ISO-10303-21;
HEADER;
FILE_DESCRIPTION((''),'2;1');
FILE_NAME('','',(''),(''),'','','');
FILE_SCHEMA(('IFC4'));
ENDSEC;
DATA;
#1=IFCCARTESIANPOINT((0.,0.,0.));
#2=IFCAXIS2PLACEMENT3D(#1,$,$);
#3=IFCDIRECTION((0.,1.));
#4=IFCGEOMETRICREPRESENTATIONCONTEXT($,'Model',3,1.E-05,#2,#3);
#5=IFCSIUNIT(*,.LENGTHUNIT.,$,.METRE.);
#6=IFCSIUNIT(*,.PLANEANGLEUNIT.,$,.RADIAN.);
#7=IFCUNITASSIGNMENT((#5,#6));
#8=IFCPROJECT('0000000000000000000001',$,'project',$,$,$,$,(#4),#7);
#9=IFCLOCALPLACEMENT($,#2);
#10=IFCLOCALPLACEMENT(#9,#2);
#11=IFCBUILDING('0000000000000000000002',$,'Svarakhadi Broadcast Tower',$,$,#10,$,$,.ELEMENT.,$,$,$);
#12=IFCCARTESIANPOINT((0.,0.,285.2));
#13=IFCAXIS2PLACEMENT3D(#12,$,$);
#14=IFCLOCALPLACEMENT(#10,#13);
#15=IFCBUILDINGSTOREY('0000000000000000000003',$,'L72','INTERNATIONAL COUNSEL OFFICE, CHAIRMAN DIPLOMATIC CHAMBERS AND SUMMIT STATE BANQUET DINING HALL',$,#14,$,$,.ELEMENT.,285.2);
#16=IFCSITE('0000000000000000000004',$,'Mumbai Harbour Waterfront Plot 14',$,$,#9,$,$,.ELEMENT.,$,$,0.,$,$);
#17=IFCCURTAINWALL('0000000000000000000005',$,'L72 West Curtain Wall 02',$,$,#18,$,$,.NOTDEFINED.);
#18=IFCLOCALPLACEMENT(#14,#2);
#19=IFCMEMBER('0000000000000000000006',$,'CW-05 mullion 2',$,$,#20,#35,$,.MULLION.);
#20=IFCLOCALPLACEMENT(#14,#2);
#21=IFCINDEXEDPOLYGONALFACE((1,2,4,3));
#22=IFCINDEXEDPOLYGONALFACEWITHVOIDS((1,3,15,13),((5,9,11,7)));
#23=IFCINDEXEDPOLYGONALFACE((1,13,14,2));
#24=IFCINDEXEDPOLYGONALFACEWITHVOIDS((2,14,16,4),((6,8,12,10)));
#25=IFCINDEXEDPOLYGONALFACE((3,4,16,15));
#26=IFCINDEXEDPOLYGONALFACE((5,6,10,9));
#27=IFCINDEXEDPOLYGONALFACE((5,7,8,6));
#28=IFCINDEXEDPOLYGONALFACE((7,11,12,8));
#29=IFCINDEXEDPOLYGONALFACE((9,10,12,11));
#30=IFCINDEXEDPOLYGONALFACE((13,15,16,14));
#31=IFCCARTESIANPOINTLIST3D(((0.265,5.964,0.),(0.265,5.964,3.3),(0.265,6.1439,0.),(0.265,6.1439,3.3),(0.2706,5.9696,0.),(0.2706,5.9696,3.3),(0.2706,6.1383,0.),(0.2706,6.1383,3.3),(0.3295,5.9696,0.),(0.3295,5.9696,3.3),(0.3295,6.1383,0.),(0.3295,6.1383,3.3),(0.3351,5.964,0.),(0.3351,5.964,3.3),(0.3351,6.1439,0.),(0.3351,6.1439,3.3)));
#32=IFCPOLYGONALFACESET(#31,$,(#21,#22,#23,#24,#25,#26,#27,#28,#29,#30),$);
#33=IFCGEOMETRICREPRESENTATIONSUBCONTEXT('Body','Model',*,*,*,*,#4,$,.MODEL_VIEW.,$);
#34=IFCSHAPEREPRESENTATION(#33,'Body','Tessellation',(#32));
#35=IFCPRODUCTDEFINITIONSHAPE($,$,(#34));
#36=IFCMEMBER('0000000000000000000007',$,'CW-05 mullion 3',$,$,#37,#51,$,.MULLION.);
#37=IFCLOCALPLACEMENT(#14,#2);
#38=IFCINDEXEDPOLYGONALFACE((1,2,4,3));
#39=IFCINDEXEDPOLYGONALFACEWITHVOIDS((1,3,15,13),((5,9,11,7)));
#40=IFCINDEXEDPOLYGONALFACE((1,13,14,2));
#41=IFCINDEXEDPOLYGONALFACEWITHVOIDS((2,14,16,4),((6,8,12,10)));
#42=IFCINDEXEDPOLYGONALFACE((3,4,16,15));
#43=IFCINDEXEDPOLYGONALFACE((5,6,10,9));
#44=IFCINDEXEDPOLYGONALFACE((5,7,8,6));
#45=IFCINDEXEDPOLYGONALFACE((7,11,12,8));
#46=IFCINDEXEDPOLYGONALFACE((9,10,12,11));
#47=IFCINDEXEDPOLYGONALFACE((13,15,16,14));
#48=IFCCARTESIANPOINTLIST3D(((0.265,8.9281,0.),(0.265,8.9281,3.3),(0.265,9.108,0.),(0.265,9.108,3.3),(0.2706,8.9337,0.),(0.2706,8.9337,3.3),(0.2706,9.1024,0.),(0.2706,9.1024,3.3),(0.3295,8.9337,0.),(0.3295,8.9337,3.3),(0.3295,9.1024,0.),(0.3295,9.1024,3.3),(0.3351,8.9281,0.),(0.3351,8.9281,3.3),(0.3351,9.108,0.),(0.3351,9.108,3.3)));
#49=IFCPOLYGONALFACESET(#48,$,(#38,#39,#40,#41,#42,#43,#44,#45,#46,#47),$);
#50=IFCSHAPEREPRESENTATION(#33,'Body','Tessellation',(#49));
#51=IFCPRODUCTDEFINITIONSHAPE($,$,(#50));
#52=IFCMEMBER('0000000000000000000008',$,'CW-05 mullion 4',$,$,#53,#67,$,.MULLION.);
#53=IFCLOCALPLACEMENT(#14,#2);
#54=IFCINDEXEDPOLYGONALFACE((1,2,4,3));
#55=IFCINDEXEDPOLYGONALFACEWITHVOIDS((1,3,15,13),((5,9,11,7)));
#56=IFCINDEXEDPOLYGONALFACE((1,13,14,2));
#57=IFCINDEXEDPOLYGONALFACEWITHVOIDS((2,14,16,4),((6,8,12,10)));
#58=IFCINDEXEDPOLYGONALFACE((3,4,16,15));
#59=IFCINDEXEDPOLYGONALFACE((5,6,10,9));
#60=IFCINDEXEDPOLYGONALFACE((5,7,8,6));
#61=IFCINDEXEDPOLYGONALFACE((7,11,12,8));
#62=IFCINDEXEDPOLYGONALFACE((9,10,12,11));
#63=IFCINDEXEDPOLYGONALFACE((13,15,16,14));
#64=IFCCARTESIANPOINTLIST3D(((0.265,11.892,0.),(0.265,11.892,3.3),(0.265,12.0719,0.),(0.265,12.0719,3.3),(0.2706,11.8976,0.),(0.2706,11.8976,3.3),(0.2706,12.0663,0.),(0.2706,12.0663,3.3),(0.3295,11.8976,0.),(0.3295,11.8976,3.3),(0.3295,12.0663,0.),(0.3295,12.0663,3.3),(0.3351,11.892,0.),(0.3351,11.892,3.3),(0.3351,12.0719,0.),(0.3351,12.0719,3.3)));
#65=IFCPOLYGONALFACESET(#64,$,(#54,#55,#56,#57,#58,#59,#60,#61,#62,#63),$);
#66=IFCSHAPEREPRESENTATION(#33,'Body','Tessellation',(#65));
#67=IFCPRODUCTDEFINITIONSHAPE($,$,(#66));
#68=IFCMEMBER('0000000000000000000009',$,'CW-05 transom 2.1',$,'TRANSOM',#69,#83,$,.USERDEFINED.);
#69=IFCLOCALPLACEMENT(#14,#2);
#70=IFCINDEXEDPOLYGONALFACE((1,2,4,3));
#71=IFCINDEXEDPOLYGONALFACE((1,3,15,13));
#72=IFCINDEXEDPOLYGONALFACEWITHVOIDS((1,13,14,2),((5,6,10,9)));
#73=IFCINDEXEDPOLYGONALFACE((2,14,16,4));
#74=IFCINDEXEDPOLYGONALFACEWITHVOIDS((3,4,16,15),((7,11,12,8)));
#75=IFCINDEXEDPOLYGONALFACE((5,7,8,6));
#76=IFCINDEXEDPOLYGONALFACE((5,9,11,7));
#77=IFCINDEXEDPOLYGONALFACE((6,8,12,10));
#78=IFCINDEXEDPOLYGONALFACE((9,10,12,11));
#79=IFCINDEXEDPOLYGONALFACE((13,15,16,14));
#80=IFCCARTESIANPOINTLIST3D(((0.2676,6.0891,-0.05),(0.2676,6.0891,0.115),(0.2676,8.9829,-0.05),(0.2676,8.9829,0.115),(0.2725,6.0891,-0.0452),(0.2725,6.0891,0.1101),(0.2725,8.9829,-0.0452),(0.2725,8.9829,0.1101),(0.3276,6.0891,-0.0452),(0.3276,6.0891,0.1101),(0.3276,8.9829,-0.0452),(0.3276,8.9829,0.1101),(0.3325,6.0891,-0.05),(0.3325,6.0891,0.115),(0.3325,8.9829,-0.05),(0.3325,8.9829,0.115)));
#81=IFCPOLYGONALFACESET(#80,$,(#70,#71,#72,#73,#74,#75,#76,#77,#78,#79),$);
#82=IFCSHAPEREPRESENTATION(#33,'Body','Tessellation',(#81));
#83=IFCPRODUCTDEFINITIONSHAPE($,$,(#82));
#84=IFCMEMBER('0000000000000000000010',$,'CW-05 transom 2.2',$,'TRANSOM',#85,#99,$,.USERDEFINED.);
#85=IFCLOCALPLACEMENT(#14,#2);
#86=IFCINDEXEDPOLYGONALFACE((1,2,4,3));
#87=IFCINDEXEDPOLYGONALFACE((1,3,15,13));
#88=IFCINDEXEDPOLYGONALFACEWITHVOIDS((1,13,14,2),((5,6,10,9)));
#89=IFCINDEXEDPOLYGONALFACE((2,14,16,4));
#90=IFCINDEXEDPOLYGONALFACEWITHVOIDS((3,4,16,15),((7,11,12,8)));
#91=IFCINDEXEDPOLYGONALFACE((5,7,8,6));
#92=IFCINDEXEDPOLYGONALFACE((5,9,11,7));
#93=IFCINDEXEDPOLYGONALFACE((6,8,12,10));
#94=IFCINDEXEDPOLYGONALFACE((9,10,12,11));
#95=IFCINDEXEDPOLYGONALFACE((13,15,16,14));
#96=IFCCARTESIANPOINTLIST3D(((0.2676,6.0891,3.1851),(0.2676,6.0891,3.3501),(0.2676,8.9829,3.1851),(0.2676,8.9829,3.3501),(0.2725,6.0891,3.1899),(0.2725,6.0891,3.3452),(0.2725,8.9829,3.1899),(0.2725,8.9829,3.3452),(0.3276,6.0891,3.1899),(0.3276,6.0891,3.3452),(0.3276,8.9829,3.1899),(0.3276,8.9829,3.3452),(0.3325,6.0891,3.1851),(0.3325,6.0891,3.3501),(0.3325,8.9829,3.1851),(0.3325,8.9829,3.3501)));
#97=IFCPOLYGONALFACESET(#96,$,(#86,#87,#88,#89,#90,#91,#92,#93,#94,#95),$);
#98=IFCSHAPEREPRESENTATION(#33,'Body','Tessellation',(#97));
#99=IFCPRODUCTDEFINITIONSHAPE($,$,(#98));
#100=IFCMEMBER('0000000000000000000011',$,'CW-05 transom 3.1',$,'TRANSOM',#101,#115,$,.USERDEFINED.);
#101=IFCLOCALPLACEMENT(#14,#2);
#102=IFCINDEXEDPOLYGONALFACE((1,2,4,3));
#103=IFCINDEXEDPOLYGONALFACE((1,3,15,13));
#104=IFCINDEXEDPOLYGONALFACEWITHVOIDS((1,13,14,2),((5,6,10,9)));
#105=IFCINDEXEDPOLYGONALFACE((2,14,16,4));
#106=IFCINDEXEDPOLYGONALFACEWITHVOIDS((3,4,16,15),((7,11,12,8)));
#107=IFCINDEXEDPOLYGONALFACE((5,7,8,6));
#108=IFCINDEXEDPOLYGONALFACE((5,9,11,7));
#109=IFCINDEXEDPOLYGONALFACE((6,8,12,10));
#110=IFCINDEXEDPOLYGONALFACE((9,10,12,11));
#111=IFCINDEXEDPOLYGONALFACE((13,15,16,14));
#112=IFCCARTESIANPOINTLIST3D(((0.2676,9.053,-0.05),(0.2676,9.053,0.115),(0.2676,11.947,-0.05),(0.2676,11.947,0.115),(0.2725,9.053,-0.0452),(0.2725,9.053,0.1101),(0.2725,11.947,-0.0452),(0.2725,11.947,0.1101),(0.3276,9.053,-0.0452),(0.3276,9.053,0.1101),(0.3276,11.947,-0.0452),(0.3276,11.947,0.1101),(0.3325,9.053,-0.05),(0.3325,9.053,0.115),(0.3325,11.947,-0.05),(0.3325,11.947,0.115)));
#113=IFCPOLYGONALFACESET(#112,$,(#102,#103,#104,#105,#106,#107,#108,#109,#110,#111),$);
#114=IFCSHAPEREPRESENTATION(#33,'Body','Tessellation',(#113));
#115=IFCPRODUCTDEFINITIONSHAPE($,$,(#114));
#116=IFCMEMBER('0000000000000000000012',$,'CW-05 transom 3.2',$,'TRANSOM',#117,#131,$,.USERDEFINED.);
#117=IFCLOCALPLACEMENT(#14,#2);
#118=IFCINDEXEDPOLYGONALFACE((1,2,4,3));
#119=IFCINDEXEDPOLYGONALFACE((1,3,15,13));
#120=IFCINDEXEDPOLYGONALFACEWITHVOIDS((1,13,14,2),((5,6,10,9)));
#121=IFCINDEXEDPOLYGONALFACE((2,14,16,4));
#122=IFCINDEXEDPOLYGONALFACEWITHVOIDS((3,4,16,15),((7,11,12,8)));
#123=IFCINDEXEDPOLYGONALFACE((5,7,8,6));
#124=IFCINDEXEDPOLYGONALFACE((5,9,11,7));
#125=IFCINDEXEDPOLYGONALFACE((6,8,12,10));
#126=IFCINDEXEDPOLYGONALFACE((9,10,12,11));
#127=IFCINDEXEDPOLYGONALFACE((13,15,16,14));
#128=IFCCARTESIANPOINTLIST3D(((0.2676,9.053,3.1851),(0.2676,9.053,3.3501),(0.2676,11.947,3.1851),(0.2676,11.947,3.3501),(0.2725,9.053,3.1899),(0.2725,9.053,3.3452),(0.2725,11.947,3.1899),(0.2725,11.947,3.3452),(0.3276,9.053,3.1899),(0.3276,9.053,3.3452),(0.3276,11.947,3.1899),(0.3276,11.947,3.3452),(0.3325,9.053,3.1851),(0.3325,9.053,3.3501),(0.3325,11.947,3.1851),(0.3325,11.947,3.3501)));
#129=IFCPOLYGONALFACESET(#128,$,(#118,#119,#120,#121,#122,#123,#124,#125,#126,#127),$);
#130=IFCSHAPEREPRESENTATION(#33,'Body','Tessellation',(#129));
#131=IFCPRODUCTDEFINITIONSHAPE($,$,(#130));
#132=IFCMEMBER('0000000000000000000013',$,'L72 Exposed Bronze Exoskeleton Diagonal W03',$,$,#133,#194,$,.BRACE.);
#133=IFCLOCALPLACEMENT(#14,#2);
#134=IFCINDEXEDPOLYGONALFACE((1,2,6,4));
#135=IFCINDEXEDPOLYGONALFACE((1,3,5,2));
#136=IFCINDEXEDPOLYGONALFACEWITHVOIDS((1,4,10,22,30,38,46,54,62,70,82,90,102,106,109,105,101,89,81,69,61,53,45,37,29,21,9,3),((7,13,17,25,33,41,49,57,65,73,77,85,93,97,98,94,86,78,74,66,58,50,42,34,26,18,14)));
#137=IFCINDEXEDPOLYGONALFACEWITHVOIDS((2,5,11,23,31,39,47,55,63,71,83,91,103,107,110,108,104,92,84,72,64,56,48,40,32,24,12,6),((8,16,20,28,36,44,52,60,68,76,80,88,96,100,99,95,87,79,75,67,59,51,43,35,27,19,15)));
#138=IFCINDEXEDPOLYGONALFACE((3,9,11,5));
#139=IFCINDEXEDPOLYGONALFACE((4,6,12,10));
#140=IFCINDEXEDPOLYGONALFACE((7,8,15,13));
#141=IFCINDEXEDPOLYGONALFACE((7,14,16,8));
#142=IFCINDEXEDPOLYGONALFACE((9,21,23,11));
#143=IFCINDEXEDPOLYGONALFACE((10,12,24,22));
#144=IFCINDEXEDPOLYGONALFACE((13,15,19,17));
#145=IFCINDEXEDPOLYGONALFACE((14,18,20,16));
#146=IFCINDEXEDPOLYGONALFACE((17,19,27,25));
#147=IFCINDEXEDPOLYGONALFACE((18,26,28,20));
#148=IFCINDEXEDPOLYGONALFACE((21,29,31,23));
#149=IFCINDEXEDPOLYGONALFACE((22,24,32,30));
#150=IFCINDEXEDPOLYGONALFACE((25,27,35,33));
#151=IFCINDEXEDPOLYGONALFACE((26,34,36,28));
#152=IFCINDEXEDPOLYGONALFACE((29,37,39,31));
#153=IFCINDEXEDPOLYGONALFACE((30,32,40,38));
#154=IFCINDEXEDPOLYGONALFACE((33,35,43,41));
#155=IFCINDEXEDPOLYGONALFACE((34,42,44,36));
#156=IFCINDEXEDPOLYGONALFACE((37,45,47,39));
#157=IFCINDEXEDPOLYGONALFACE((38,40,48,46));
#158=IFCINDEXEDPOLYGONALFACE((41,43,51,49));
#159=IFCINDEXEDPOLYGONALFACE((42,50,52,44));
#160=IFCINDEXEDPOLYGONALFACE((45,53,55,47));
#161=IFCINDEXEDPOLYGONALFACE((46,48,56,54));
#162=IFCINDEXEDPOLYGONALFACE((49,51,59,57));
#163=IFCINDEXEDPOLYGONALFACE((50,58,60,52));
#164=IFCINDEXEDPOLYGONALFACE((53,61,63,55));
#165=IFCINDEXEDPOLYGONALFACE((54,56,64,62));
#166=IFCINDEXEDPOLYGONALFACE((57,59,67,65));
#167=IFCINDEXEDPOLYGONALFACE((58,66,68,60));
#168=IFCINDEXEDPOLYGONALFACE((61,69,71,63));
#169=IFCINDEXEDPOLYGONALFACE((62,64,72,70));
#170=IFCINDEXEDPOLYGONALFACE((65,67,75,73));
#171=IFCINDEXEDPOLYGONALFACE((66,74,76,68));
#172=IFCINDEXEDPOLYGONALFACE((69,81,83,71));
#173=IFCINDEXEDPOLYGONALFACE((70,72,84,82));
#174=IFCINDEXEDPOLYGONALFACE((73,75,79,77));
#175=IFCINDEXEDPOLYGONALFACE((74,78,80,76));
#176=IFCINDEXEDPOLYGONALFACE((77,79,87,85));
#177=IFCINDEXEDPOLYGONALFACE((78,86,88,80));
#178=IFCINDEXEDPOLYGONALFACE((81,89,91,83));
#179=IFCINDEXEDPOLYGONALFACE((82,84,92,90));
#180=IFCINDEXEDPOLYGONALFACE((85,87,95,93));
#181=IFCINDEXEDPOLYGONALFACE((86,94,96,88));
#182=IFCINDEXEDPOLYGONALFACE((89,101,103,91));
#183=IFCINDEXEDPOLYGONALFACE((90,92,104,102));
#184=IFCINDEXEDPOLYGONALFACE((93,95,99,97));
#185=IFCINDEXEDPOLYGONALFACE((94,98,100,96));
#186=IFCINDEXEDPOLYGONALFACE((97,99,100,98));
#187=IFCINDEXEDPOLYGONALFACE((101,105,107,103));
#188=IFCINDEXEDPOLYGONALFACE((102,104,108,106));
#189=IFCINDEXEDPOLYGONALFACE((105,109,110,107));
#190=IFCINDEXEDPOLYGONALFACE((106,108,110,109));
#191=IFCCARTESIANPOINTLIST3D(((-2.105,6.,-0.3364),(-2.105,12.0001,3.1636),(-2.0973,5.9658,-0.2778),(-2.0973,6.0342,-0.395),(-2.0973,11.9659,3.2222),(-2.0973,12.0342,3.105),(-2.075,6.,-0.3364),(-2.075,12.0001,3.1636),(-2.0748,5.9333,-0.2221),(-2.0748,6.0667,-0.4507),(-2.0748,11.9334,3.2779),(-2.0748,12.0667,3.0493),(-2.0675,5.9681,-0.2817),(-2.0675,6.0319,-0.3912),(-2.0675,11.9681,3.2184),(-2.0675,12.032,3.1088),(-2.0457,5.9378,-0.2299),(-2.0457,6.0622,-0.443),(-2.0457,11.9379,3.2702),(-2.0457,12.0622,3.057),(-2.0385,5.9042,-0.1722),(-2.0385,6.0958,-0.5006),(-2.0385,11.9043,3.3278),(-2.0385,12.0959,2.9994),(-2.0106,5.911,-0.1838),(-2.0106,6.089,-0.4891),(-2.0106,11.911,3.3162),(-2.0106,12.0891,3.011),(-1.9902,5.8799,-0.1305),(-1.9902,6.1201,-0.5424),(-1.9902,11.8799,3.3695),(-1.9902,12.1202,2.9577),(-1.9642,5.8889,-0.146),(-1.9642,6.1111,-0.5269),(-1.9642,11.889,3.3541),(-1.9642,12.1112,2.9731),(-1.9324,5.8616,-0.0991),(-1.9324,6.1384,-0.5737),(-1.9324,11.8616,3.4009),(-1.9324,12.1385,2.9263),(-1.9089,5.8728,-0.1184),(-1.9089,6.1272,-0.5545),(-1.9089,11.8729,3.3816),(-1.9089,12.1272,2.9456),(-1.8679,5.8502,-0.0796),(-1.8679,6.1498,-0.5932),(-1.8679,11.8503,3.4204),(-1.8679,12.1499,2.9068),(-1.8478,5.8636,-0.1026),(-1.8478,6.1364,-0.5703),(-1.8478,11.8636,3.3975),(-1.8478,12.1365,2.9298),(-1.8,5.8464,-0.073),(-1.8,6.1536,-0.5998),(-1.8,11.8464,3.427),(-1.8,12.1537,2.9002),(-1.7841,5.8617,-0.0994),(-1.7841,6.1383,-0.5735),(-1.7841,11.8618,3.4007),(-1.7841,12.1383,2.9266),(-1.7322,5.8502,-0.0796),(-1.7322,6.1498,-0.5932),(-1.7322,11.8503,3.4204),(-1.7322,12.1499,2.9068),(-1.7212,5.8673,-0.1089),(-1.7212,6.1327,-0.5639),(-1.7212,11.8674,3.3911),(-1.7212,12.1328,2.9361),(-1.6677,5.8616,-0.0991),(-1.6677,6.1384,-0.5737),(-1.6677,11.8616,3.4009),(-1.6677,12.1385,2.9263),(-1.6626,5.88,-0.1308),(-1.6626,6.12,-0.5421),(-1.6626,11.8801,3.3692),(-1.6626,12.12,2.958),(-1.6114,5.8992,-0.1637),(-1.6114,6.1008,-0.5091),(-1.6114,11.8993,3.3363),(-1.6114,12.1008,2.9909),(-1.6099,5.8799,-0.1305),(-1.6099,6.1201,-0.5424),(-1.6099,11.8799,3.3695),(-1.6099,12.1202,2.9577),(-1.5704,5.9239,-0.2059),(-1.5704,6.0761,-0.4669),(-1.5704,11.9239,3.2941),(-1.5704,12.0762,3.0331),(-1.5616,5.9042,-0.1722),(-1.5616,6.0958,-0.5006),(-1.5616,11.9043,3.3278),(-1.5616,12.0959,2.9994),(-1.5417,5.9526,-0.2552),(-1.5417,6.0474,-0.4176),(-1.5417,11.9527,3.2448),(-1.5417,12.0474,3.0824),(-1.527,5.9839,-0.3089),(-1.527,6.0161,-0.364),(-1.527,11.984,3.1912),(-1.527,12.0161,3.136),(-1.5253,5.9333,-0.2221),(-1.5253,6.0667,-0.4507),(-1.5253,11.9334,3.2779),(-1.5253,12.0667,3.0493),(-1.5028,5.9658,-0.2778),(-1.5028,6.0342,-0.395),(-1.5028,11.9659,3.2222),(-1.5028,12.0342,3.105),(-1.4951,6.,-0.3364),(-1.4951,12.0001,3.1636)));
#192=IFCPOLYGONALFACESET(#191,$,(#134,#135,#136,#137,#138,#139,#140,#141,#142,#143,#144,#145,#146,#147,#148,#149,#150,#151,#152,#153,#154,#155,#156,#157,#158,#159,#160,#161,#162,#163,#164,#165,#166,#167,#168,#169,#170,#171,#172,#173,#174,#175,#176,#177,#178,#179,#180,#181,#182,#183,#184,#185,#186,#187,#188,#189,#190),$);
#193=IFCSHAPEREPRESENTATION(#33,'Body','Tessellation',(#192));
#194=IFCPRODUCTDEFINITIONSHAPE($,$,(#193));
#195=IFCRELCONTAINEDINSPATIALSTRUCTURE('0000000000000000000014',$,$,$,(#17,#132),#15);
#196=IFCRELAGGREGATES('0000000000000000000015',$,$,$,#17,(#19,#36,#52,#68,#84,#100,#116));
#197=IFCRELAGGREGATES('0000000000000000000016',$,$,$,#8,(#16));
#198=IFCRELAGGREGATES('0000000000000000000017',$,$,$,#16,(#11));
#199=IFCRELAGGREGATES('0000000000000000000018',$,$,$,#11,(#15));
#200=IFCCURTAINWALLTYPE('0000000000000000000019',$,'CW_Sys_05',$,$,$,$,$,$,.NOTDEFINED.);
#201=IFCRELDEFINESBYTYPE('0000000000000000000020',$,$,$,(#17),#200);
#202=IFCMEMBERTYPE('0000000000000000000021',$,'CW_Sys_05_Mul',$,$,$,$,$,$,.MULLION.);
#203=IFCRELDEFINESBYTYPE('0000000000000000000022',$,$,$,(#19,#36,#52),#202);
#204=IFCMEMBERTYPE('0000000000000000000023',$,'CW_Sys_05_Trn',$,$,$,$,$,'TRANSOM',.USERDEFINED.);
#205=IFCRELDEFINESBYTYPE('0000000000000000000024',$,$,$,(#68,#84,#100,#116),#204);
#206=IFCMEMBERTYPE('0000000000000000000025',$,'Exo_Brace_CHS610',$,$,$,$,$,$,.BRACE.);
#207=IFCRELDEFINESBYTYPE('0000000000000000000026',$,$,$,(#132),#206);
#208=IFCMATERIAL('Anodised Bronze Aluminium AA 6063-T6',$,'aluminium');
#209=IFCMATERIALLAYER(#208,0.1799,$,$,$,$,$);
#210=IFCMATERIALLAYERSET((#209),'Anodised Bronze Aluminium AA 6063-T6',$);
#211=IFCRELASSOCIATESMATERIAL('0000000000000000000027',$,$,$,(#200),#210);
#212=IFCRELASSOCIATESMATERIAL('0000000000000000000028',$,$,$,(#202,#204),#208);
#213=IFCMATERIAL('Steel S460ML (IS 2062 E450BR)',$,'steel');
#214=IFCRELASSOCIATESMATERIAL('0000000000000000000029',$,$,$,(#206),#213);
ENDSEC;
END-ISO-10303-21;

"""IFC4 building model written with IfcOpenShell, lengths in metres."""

from ifc_helpers import new_model, si_unit, direction, frame, origin, origin_2d, place, context, subcontext, project, spatial, hollow_rectangle, hollow_circle, extrude, material, layer, layer_set, material_profile, profile_set, type_object, element, aggregate, save


model = new_model("IFC4")

# Units and contexts
model_context = context("Model", 3, precision=1e-05, world=origin(), true_north=direction((0.0, 1.0)))
body_context = subcontext(model_context, "Body", "Model", "MODEL_VIEW")
ifc_project = project(units=[si_unit("LENGTHUNIT", "METRE"), si_unit("PLANEANGLEUNIT", "RADIAN")], contexts=[model_context])

# Site, building, storey
site_placement = place(None, origin())
site = spatial("IfcSite", under=ifc_project, at=site_placement, Name="Mumbai Harbour Waterfront Plot 14", CompositionType="ELEMENT", RefElevation=0.0)
building_placement = place(site_placement, origin())
building = spatial("IfcBuilding", under=site, at=building_placement, Name="Svarakhadi Broadcast Tower", CompositionType="ELEMENT")
storey_placement = place(building_placement, frame((0.0, 0.0, 285.2)))
storey = spatial("IfcBuildingStorey", under=building, at=storey_placement, Name="L72", Description="INTERNATIONAL COUNSEL OFFICE, CHAIRMAN DIPLOMATIC CHAMBERS AND SUMMIT STATE BANQUET DINING HALL", CompositionType="ELEMENT", Elevation=285.2)

# Shared definitions
ifc_material_1 = material(Name="Steel S460ML (IS 2062 E450BR)", Category="steel")

# Curtain wall, members
ifc_material_2 = material(Name="Anodised Bronze Aluminium AA 6063-T6", Category="aluminium")
ifc_layer_1 = layer(ifc_material_2, 0.1799)
ifc_layer_set_1 = layer_set([ifc_layer_1], Name="Anodised Bronze Aluminium AA 6063-T6")
curtain_wall_type = type_object("IfcCurtainWallType", Name="CW_Sys_05", PredefinedType="NOTDEFINED", material=ifc_layer_set_1)
curtain_wall_placement = place(storey_placement, origin())
curtain_wall = element("IfcCurtainWall", 1, at=curtain_wall_placement, inside=storey, type_object=curtain_wall_type, Name="L72 West Curtain Wall 02", PredefinedType="NOTDEFINED")
ifc_material_profile_1 = material_profile(ifc_material_2, hollow_rectangle(XDim=0.0701, YDim=0.1799, WallThickness=0.0056, at=origin_2d()), Name="ALU MULLION 180x70x6")
ifc_profile_set_1 = profile_set([ifc_material_profile_1], Name="Anodised Bronze Aluminium AA 6063-T6")
member_type_1 = type_object("IfcMemberType", Name="CW_Sys_05_Mul", PredefinedType="MULLION", material=ifc_profile_set_1)
member_1_placement = place(storey_placement, frame((0.3, 6.054, 0.0), z_axis=(0.0, 0.0, 1.0), x_axis=(-1.0, 0.0, 0.0)))
member_1 = element("IfcMember", 2, at=member_1_placement, type_object=member_type_1, Name="CW-05 mullion 2", PredefinedType="MULLION", context=body_context, shape_type="SweptSolid", body=[
    extrude(hollow_rectangle(XDim=0.0701, YDim=0.1799, WallThickness=0.0056, at=origin_2d()), origin(), (0.0, 0.0, 1.0), 3.3),
])
member_2_placement = place(storey_placement, frame((0.3, 9.0181, 0.0), z_axis=(0.0, 0.0, 1.0), x_axis=(-1.0, 0.0, 0.0)))
member_2 = element("IfcMember", 3, at=member_2_placement, type_object=member_type_1, Name="CW-05 mullion 3", PredefinedType="MULLION", context=body_context, shape_type="SweptSolid", body=[
    extrude(hollow_rectangle(XDim=0.0701, YDim=0.1799, WallThickness=0.0056, at=origin_2d()), origin(), (0.0, 0.0, 1.0), 3.3),
])
member_3_placement = place(storey_placement, frame((0.3, 11.9819, 0.0), z_axis=(0.0, 0.0, 1.0), x_axis=(-1.0, 0.0, 0.0)))
member_3 = element("IfcMember", 4, at=member_3_placement, type_object=member_type_1, Name="CW-05 mullion 4", PredefinedType="MULLION", context=body_context, shape_type="SweptSolid", body=[
    extrude(hollow_rectangle(XDim=0.0701, YDim=0.1799, WallThickness=0.0056, at=origin_2d()), origin(), (0.0, 0.0, 1.0), 3.3),
])
ifc_material_profile_2 = material_profile(ifc_material_2, hollow_rectangle(XDim=0.0649, YDim=0.165, WallThickness=0.0049, at=origin_2d()), Name="ALU TRANSOM 165x65x5")
ifc_profile_set_2 = profile_set([ifc_material_profile_2], Name="Anodised Bronze Aluminium AA 6063-T6")
member_type_2 = type_object("IfcMemberType", Name="CW_Sys_05_Trn", ElementType="TRANSOM", PredefinedType="USERDEFINED", material=ifc_profile_set_2)
member_4_placement = place(storey_placement, frame((0.3, 6.0891, 0.0325), z_axis=(0.0, 1.0, 0.0), x_axis=(-1.0, 0.0, 0.0)))
member_4 = element("IfcMember", 5, at=member_4_placement, type_object=member_type_2, Name="CW-05 transom 2.1", ObjectType="TRANSOM", PredefinedType="USERDEFINED", context=body_context, shape_type="SweptSolid", body=[
    extrude(hollow_rectangle(XDim=0.0649, YDim=0.165, WallThickness=0.0049, at=origin_2d()), origin(), (0.0, 0.0, 1.0), 2.8938),
])
member_5_placement = place(storey_placement, frame((0.3, 6.0891, 3.2676), z_axis=(0.0, 1.0, 0.0), x_axis=(-1.0, 0.0, 0.0)))
member_5 = element("IfcMember", 6, at=member_5_placement, type_object=member_type_2, Name="CW-05 transom 2.2", ObjectType="TRANSOM", PredefinedType="USERDEFINED", context=body_context, shape_type="SweptSolid", body=[
    extrude(hollow_rectangle(XDim=0.0649, YDim=0.165, WallThickness=0.0049, at=origin_2d()), origin(), (0.0, 0.0, 1.0), 2.8938),
])
member_6_placement = place(storey_placement, frame((0.3, 9.053, 0.0325), z_axis=(0.0, 1.0, 0.0), x_axis=(-1.0, 0.0, 0.0)))
member_6 = element("IfcMember", 7, at=member_6_placement, type_object=member_type_2, Name="CW-05 transom 3.1", ObjectType="TRANSOM", PredefinedType="USERDEFINED", context=body_context, shape_type="SweptSolid", body=[
    extrude(hollow_rectangle(XDim=0.0649, YDim=0.165, WallThickness=0.0049, at=origin_2d()), origin(), (0.0, 0.0, 1.0), 2.894),
])
member_7_placement = place(storey_placement, frame((0.3, 9.053, 3.2676), z_axis=(0.0, 1.0, 0.0), x_axis=(-1.0, 0.0, 0.0)))
member_7 = element("IfcMember", 8, at=member_7_placement, type_object=member_type_2, Name="CW-05 transom 3.2", ObjectType="TRANSOM", PredefinedType="USERDEFINED", context=body_context, shape_type="SweptSolid", body=[
    extrude(hollow_rectangle(XDim=0.0649, YDim=0.165, WallThickness=0.0049, at=origin_2d()), origin(), (0.0, 0.0, 1.0), 2.894),
])

# Member
ifc_material_profile_3 = material_profile(ifc_material_1, hollow_circle(Radius=0.3049, WallThickness=0.03, at=origin_2d()), Name="CHS 610x30")
ifc_profile_set_3 = profile_set([ifc_material_profile_3], Name="Steel S460ML (IS 2062 E450BR)")
member_type_3 = type_object("IfcMemberType", Name="Exo_Brace_CHS610", PredefinedType="BRACE", material=ifc_profile_set_3)
member_8_placement = place(storey_placement, frame((-1.8, 6.0, -0.3364), z_axis=(0.0, 0.863779, 0.503871), x_axis=(-1.0, 0.0, 0.0)))
element("IfcMember", 9, at=member_8_placement, inside=storey, type_object=member_type_3, Name="L72 Exposed Bronze Exoskeleton Diagonal W03", PredefinedType="BRACE", context=body_context, shape_type="SweptSolid", body=[
    extrude(hollow_circle(Radius=0.3049, WallThickness=0.03, at=origin_2d()), origin(), (0.0, 0.0, 1.0), 6.9463),
])

aggregate(curtain_wall, [member_1, member_2, member_3, member_4, member_5, member_6, member_7])

save(model, "model.ifc")
